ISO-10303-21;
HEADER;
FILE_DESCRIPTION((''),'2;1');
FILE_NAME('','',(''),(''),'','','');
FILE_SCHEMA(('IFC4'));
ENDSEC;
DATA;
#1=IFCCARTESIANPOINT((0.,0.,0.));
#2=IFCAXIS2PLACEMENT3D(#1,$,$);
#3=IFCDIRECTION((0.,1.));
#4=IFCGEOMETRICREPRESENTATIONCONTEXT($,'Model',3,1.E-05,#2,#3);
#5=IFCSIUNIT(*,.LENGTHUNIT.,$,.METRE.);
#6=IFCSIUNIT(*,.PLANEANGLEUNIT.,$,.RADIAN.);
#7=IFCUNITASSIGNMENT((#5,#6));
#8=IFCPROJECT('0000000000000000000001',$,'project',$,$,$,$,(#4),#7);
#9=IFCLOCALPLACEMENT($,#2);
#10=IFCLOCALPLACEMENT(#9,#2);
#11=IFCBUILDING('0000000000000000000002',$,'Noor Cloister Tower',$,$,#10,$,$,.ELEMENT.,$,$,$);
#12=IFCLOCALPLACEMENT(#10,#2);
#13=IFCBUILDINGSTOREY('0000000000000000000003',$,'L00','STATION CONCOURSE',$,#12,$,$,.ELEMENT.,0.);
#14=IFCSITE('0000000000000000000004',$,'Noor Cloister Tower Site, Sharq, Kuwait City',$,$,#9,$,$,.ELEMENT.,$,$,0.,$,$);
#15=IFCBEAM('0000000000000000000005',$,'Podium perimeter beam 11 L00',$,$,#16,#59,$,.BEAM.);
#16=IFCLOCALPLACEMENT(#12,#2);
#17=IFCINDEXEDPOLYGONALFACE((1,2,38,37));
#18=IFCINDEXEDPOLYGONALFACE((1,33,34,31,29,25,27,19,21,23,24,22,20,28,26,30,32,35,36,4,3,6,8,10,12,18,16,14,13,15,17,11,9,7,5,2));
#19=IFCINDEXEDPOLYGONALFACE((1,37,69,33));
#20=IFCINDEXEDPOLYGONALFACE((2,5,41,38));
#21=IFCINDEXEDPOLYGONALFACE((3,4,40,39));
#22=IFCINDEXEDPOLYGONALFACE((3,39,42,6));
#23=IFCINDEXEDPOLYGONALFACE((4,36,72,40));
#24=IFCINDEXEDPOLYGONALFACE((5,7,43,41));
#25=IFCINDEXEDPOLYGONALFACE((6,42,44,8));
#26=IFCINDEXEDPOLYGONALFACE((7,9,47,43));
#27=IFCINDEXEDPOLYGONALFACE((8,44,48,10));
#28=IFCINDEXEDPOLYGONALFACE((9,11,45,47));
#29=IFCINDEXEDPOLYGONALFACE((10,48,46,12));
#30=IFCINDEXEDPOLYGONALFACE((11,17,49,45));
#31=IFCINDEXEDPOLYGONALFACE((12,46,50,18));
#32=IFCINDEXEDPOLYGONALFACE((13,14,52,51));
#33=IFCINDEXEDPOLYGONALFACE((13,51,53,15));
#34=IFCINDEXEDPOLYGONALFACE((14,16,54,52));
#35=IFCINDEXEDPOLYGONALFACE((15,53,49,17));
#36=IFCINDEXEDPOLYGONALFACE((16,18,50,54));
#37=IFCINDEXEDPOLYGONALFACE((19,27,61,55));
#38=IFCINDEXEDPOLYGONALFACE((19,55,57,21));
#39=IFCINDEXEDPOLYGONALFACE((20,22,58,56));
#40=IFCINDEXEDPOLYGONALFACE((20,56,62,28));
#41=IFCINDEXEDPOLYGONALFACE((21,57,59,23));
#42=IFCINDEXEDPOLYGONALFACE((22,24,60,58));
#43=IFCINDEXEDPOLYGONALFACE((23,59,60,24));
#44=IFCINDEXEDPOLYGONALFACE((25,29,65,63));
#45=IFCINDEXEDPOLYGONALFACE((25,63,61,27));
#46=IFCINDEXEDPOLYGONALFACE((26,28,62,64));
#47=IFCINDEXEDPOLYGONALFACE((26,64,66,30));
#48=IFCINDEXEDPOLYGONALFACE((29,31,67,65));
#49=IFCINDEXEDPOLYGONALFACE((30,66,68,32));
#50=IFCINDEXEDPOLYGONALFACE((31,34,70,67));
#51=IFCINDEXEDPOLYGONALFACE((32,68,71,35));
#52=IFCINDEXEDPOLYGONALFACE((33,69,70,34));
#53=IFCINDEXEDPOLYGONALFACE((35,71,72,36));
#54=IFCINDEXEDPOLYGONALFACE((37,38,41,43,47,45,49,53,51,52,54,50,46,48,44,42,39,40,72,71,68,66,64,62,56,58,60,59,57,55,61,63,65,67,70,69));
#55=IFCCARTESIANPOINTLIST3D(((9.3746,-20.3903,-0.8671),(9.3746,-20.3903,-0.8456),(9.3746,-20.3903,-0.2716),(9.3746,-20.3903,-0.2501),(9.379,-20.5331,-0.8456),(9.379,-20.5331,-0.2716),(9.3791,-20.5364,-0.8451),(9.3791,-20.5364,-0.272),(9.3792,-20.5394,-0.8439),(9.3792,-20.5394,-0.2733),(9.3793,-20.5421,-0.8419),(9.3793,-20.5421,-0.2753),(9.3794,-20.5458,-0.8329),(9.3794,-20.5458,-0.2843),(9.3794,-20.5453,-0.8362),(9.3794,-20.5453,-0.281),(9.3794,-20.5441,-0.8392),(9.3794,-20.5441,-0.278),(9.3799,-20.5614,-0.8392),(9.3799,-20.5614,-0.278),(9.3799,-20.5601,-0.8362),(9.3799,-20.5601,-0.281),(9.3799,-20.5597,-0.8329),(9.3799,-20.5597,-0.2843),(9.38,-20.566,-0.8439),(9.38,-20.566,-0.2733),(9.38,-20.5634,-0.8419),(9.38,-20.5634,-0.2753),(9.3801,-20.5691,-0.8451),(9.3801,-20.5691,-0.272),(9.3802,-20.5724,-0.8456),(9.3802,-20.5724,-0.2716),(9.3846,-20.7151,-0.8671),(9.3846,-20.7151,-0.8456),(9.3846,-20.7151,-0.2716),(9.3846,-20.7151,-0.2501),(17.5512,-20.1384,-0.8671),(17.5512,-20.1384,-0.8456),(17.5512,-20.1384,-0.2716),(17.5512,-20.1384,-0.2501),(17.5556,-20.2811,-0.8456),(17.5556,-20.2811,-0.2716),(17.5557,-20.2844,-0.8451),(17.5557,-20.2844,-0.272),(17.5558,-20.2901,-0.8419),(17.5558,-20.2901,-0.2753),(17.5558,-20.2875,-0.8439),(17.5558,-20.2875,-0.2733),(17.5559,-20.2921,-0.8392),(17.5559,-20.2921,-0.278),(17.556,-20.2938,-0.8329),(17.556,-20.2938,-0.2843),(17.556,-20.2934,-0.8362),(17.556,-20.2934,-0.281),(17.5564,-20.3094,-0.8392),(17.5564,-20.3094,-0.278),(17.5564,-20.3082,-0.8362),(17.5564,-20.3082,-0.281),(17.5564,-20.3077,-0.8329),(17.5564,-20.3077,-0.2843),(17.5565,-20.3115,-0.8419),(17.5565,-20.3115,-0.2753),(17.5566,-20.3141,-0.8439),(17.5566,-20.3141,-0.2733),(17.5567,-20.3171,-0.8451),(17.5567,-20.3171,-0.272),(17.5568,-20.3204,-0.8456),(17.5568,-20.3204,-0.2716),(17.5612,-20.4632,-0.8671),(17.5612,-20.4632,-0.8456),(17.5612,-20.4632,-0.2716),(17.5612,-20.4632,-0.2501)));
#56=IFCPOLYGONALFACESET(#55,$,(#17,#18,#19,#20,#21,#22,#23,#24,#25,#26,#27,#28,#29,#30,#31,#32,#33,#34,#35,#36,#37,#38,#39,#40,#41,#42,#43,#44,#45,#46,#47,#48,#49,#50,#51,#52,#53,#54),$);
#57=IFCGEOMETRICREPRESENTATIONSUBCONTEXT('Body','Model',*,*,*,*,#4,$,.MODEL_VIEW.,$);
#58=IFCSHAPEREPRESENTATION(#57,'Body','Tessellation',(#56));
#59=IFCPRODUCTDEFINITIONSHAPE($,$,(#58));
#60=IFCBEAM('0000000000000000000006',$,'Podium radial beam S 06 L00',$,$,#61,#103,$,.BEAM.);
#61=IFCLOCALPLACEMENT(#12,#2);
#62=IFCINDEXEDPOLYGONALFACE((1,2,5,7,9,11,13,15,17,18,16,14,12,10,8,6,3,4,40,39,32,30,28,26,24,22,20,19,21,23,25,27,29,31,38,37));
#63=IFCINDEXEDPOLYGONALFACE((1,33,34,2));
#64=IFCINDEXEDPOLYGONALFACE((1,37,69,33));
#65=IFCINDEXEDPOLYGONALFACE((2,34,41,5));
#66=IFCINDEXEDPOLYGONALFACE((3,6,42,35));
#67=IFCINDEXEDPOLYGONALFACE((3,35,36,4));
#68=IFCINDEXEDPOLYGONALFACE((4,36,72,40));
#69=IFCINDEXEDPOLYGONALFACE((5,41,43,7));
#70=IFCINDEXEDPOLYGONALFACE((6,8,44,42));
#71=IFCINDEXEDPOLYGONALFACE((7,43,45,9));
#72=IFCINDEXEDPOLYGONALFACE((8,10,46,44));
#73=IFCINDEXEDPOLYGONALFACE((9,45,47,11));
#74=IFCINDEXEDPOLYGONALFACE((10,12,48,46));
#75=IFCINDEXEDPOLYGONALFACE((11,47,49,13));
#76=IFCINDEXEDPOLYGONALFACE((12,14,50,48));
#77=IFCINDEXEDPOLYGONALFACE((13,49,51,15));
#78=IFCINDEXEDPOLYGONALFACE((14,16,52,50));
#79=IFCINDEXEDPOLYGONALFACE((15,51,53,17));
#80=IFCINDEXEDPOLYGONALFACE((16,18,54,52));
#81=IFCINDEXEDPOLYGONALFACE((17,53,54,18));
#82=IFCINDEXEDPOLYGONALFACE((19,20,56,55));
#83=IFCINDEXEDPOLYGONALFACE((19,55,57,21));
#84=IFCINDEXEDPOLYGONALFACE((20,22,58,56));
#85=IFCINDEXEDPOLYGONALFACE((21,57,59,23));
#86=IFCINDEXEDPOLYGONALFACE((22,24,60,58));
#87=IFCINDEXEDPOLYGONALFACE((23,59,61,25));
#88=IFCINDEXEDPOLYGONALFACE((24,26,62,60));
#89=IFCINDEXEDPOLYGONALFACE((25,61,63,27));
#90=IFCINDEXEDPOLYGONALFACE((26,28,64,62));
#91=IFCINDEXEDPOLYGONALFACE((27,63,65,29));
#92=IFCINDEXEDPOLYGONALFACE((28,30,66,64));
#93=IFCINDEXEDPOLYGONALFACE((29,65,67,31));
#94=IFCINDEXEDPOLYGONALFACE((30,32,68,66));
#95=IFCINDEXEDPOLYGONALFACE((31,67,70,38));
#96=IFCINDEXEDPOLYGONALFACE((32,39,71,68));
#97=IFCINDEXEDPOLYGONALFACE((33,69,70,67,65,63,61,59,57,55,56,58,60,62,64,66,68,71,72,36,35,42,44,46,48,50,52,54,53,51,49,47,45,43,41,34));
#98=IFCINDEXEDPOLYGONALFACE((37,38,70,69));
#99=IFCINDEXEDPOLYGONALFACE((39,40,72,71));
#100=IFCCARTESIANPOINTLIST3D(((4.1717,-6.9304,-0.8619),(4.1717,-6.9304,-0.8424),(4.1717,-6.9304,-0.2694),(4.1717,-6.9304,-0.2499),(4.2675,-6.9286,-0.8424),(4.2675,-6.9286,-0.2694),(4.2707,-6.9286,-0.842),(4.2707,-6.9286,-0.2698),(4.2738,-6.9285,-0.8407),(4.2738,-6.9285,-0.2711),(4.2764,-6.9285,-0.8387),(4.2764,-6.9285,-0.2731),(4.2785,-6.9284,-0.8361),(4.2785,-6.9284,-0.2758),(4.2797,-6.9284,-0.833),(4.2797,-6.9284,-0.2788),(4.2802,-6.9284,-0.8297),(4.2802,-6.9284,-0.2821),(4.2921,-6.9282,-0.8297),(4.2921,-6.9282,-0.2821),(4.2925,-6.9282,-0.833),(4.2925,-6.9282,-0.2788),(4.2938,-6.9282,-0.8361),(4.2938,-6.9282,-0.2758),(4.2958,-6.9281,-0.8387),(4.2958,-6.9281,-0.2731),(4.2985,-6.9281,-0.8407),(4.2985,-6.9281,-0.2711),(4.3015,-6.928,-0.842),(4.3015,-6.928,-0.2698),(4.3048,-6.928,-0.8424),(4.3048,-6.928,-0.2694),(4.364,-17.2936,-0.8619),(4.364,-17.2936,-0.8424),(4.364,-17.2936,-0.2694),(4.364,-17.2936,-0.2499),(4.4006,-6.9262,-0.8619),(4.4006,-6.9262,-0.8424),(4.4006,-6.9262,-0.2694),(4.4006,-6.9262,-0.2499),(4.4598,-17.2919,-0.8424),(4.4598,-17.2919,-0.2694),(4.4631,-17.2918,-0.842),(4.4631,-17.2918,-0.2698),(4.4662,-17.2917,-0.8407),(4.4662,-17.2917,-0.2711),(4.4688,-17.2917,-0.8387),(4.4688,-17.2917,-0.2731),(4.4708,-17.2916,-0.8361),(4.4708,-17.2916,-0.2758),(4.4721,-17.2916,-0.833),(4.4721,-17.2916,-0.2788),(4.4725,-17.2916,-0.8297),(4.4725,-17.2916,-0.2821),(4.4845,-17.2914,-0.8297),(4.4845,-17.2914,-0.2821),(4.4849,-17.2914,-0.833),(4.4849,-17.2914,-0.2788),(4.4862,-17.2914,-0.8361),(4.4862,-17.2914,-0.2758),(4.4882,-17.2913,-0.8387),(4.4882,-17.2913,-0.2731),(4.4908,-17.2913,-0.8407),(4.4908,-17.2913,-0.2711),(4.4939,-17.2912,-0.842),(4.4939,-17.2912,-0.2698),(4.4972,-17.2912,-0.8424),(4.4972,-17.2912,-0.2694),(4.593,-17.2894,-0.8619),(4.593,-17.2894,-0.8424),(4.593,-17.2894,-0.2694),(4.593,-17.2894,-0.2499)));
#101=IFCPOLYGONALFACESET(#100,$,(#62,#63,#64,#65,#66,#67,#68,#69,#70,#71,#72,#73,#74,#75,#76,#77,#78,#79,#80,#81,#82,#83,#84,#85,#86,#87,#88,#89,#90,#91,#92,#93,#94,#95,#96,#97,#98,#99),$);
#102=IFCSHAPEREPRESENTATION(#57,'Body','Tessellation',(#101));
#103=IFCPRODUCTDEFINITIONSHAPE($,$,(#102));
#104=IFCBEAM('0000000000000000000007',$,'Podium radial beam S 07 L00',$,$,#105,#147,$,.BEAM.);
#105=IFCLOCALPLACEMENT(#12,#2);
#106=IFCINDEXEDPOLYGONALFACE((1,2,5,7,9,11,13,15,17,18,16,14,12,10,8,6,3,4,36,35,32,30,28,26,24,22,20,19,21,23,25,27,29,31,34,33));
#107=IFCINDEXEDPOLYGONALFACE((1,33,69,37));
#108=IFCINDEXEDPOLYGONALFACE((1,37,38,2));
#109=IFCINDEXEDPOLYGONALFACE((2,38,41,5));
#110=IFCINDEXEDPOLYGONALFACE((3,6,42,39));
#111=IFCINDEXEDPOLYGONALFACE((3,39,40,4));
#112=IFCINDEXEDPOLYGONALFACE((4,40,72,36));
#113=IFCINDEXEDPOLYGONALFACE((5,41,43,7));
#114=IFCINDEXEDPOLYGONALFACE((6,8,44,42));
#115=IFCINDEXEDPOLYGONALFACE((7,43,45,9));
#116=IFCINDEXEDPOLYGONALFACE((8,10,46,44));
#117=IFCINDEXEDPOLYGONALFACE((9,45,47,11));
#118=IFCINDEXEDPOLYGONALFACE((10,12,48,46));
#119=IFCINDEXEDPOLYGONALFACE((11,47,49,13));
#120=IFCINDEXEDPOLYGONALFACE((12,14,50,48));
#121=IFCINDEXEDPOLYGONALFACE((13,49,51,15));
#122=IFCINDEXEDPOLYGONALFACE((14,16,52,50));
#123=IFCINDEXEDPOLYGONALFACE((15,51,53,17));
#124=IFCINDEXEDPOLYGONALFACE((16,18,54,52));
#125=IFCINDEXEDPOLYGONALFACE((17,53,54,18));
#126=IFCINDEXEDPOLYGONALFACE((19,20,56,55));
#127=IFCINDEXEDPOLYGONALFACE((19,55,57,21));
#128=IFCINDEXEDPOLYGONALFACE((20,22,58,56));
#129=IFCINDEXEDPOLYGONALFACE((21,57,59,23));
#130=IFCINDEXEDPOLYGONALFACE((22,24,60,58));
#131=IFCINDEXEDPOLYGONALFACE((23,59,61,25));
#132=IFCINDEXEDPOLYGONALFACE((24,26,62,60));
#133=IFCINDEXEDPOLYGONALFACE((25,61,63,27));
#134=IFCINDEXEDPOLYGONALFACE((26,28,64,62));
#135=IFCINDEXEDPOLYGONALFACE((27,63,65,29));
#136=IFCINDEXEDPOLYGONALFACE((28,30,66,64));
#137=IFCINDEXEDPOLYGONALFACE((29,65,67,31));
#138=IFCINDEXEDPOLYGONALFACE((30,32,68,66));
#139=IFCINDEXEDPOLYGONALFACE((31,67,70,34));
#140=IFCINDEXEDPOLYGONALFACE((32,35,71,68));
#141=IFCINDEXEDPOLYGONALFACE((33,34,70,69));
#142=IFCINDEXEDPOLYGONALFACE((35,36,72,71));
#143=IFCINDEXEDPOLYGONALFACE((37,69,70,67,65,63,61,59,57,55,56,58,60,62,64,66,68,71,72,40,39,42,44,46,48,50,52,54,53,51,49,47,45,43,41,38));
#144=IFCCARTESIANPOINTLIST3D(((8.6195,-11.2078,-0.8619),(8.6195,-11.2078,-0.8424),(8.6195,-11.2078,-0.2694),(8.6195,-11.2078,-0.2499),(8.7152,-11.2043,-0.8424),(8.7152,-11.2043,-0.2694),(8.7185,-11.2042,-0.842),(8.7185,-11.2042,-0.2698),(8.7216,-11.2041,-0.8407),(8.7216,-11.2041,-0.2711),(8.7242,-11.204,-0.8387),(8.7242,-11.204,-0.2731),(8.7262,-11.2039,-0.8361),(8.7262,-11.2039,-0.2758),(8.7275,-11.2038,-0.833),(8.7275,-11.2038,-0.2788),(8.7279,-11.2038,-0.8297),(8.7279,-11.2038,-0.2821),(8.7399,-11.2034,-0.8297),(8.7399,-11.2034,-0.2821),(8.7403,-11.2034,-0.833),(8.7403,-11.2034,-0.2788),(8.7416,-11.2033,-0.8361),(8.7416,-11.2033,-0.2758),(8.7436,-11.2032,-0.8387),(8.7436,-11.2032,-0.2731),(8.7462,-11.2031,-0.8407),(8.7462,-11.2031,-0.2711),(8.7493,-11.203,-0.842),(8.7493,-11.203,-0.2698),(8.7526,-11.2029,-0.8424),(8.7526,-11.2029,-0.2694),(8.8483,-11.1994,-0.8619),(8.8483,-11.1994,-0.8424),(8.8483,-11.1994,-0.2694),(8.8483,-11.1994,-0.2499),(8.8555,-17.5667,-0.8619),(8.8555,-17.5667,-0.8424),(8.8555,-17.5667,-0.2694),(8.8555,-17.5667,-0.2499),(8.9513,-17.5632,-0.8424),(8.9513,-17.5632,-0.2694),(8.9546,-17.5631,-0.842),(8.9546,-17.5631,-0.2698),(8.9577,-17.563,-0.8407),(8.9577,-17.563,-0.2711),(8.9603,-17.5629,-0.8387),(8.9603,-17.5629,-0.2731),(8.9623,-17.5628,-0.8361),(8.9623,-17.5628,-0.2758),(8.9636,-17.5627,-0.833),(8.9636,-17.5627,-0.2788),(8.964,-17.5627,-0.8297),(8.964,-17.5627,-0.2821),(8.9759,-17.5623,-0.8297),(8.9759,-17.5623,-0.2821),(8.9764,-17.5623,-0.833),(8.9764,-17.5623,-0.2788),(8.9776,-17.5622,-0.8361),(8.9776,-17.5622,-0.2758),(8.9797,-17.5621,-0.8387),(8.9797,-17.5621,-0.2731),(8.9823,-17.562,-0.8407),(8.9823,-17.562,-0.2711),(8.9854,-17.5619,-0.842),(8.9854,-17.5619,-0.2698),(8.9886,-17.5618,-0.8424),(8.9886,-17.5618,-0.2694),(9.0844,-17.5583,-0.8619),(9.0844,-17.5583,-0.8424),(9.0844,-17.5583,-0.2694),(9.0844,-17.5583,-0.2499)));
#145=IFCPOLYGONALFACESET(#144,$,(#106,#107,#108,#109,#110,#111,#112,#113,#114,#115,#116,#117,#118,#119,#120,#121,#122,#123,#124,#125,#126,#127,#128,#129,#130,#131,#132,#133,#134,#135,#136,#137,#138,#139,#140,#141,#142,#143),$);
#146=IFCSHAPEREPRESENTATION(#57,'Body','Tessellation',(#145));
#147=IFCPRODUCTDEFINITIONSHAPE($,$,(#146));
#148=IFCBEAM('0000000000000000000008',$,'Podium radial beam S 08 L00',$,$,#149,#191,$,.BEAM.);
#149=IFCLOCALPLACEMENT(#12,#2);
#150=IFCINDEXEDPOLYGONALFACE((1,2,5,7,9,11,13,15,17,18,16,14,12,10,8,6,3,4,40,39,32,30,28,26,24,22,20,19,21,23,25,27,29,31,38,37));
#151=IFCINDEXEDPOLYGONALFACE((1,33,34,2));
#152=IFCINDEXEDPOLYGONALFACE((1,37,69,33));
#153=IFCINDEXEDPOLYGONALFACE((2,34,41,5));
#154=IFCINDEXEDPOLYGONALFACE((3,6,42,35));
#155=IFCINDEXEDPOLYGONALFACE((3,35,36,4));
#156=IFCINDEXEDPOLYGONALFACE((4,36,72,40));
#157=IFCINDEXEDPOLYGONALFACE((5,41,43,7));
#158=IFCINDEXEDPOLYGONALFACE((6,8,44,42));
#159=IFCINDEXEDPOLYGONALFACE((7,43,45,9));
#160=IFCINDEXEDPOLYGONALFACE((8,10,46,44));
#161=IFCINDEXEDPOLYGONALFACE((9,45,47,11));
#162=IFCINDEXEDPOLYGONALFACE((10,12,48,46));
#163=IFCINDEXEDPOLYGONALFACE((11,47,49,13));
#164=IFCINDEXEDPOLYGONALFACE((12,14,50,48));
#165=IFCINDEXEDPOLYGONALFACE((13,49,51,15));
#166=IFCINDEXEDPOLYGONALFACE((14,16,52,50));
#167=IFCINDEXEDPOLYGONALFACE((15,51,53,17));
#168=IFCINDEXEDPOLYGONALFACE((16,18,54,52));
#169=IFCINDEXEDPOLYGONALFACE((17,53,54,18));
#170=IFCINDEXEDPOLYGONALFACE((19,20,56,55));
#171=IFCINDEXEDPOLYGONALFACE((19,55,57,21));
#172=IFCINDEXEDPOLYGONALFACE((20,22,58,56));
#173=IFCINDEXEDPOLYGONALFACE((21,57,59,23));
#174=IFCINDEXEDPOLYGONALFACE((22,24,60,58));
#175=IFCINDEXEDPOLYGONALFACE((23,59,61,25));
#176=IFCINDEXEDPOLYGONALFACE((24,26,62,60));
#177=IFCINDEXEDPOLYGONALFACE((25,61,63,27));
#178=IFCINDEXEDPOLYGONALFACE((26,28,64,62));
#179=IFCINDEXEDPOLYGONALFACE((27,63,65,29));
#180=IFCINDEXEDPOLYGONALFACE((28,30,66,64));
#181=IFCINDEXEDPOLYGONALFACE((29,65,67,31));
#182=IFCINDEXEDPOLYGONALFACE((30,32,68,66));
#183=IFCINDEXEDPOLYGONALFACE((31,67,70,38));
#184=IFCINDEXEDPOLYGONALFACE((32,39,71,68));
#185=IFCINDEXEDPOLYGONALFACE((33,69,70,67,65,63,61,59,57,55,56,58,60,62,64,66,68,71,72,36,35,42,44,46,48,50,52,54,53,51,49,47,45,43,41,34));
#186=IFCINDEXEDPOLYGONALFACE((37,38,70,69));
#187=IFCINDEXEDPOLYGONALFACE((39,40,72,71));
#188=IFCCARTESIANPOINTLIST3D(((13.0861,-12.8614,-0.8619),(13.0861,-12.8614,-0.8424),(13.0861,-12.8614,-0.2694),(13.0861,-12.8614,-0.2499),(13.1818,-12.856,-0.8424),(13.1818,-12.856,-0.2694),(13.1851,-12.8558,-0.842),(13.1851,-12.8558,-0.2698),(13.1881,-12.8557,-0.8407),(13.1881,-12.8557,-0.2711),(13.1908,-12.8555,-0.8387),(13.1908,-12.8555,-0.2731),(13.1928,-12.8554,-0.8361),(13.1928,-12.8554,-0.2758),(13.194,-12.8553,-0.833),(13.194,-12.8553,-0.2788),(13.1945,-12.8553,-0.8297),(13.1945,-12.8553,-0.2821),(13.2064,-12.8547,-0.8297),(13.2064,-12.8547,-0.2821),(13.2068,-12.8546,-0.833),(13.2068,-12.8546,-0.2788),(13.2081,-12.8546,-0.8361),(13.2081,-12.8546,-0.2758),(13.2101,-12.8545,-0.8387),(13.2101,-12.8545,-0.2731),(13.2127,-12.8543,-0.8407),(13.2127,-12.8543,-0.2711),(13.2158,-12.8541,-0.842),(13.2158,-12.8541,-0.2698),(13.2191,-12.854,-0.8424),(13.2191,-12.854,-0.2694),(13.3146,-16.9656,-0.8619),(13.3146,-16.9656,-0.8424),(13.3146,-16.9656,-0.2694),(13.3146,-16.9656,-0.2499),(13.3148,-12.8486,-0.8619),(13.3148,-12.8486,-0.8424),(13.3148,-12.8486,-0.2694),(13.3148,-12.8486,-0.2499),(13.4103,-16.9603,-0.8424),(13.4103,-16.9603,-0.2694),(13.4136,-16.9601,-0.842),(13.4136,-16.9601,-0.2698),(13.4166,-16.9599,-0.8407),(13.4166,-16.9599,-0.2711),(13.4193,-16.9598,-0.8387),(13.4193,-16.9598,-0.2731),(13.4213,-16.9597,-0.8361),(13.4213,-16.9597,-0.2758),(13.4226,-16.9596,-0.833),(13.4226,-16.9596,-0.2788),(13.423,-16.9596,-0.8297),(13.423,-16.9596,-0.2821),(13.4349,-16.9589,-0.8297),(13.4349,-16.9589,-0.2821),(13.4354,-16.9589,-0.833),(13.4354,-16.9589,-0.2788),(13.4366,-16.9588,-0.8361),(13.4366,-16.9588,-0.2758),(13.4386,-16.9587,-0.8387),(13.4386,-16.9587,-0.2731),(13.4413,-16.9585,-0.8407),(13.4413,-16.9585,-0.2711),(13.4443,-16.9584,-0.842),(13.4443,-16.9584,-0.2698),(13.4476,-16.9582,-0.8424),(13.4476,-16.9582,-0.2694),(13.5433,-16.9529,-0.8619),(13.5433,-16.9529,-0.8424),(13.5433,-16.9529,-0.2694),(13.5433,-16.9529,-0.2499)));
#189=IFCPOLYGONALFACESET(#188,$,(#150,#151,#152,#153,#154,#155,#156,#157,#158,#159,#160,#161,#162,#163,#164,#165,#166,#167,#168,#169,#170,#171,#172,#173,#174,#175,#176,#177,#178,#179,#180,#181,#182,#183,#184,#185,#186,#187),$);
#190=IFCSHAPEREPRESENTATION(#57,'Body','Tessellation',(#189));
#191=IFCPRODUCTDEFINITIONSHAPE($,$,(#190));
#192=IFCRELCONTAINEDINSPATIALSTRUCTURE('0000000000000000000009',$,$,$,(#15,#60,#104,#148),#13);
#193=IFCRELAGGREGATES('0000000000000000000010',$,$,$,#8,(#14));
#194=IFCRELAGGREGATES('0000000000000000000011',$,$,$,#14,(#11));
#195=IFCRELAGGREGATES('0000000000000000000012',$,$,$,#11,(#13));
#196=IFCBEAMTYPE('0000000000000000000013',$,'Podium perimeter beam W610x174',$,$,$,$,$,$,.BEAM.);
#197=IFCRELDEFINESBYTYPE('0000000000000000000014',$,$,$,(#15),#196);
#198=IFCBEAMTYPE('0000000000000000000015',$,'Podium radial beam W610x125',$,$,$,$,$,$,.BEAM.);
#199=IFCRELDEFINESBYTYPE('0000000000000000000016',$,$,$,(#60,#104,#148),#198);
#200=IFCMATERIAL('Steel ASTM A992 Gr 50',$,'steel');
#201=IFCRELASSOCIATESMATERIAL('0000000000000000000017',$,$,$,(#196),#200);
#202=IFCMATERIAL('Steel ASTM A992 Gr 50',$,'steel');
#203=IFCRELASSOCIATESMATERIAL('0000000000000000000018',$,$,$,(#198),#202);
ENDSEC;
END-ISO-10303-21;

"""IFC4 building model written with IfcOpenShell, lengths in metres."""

from ifc_helpers import new_model, si_unit, direction, frame, origin, origin_2d, place, context, subcontext, project, spatial, i_section, extrude, material, material_profile, profile_set, type_object, element, save


model = new_model("IFC4")

# Units and contexts
model_context = context("Model", 3, precision=1e-05, world=origin(), true_north=direction((0.0, 1.0)))
body_context = subcontext(model_context, "Body", "Model", "MODEL_VIEW")
ifc_project = project(units=[si_unit("LENGTHUNIT", "METRE"), si_unit("PLANEANGLEUNIT", "RADIAN")], contexts=[model_context])

# Site, building, storey
site_placement = place(None, origin())
site = spatial("IfcSite", under=ifc_project, at=site_placement, Name="Noor Cloister Tower Site, Sharq, Kuwait City", CompositionType="ELEMENT", RefElevation=0.0)
building_placement = place(site_placement, origin())
building = spatial("IfcBuilding", under=site, at=building_placement, Name="Noor Cloister Tower", CompositionType="ELEMENT")
storey_placement = place(building_placement, origin())
storey = spatial("IfcBuildingStorey", under=building, at=storey_placement, Name="L00", Description="STATION CONCOURSE", CompositionType="ELEMENT", Elevation=0.0)

# Beams
ifc_material_1 = material(Name="Steel ASTM A992 Gr 50", Category="steel")
ifc_material_profile_1 = material_profile(ifc_material_1, i_section(OverallWidth=0.325, OverallDepth=0.6169, WebThickness=0.0139, FlangeThickness=0.0215, FilletRadius=0.0127, at=origin_2d()), Name="W610x174")
ifc_profile_set_1 = profile_set([ifc_material_profile_1], Name="Steel ASTM A992 Gr 50")
beam_type_1 = type_object("IfcBeamType", Name="Podium perimeter beam W610x174", PredefinedType="BEAM", material=ifc_profile_set_1)
for number, where, z_axis, x_axis, name in (
    (1, (9.3796, -20.5527, -0.5586), (0.999526, 0.0308, 0.0), (-0.0308, 0.999526, 0.0), "Podium perimeter beam 11 L00"),
):
    element("IfcBeam", number, at=place(storey_placement, frame(where, z_axis=z_axis, x_axis=x_axis)), inside=storey, type_object=beam_type_1, Name=name, PredefinedType="BEAM", context=body_context, shape_type="SweptSolid", body=[
        extrude(i_section(OverallWidth=0.325, OverallDepth=0.6169, WebThickness=0.0139, FlangeThickness=0.0215, FilletRadius=0.0127, at=origin_2d()), origin(), (0.0, 0.0, 1.0), 8.1804),
    ])
ifc_material_2 = material(Name="Steel ASTM A992 Gr 50", Category="steel")
ifc_material_profile_2 = material_profile(ifc_material_2, i_section(OverallWidth=0.229, OverallDepth=0.6121, WebThickness=0.012, FlangeThickness=0.0195, FilletRadius=0.0127, at=origin_2d()), Name="W610x125")
ifc_profile_set_2 = profile_set([ifc_material_profile_2], Name="Steel ASTM A992 Gr 50")
beam_type_2 = type_object("IfcBeamType", Name="Podium radial beam W610x125", PredefinedType="BEAM", material=ifc_profile_set_2)
beam_1_placement = place(storey_placement, frame((4.4785, -17.2915, -0.5559), z_axis=(-0.018561, 0.999828, 0.0), x_axis=(-0.999828, -0.018561, 0.0)))
element("IfcBeam", 2, at=beam_1_placement, inside=storey, type_object=beam_type_2, Name="Podium radial beam S 06 L00", PredefinedType="BEAM", context=body_context, shape_type="SweptSolid", body=[
    extrude(i_section(OverallWidth=0.229, OverallDepth=0.6121, WebThickness=0.012, FlangeThickness=0.0195, FilletRadius=0.0127, at=origin_2d()), origin(), (0.0, 0.0, 1.0), 10.365),
])
beam_2_placement = place(storey_placement, frame((8.97, -17.5625, -0.5559), z_axis=(-0.037101, 0.999312, 0.0), x_axis=(-0.999312, -0.037101, 0.0)))
element("IfcBeam", 3, at=beam_2_placement, inside=storey, type_object=beam_type_2, Name="Podium radial beam S 07 L00", PredefinedType="BEAM", context=body_context, shape_type="SweptSolid", body=[
    extrude(i_section(OverallWidth=0.229, OverallDepth=0.6121, WebThickness=0.012, FlangeThickness=0.0195, FilletRadius=0.0127, at=origin_2d()), origin(), (0.0, 0.0, 1.0), 6.3633),
])
beam_3_placement = place(storey_placement, frame((13.429, -16.9592, -0.5559), z_axis=(-0.055592, 0.998454, 0.0), x_axis=(-0.998454, -0.055592, 0.0)))
element("IfcBeam", 4, at=beam_3_placement, inside=storey, type_object=beam_type_2, Name="Podium radial beam S 08 L00", PredefinedType="BEAM", context=body_context, shape_type="SweptSolid", body=[
    extrude(i_section(OverallWidth=0.229, OverallDepth=0.6121, WebThickness=0.012, FlangeThickness=0.0195, FilletRadius=0.0127, at=origin_2d()), origin(), (0.0, 0.0, 1.0), 4.1106),
])

save(model, "model.ifc")
